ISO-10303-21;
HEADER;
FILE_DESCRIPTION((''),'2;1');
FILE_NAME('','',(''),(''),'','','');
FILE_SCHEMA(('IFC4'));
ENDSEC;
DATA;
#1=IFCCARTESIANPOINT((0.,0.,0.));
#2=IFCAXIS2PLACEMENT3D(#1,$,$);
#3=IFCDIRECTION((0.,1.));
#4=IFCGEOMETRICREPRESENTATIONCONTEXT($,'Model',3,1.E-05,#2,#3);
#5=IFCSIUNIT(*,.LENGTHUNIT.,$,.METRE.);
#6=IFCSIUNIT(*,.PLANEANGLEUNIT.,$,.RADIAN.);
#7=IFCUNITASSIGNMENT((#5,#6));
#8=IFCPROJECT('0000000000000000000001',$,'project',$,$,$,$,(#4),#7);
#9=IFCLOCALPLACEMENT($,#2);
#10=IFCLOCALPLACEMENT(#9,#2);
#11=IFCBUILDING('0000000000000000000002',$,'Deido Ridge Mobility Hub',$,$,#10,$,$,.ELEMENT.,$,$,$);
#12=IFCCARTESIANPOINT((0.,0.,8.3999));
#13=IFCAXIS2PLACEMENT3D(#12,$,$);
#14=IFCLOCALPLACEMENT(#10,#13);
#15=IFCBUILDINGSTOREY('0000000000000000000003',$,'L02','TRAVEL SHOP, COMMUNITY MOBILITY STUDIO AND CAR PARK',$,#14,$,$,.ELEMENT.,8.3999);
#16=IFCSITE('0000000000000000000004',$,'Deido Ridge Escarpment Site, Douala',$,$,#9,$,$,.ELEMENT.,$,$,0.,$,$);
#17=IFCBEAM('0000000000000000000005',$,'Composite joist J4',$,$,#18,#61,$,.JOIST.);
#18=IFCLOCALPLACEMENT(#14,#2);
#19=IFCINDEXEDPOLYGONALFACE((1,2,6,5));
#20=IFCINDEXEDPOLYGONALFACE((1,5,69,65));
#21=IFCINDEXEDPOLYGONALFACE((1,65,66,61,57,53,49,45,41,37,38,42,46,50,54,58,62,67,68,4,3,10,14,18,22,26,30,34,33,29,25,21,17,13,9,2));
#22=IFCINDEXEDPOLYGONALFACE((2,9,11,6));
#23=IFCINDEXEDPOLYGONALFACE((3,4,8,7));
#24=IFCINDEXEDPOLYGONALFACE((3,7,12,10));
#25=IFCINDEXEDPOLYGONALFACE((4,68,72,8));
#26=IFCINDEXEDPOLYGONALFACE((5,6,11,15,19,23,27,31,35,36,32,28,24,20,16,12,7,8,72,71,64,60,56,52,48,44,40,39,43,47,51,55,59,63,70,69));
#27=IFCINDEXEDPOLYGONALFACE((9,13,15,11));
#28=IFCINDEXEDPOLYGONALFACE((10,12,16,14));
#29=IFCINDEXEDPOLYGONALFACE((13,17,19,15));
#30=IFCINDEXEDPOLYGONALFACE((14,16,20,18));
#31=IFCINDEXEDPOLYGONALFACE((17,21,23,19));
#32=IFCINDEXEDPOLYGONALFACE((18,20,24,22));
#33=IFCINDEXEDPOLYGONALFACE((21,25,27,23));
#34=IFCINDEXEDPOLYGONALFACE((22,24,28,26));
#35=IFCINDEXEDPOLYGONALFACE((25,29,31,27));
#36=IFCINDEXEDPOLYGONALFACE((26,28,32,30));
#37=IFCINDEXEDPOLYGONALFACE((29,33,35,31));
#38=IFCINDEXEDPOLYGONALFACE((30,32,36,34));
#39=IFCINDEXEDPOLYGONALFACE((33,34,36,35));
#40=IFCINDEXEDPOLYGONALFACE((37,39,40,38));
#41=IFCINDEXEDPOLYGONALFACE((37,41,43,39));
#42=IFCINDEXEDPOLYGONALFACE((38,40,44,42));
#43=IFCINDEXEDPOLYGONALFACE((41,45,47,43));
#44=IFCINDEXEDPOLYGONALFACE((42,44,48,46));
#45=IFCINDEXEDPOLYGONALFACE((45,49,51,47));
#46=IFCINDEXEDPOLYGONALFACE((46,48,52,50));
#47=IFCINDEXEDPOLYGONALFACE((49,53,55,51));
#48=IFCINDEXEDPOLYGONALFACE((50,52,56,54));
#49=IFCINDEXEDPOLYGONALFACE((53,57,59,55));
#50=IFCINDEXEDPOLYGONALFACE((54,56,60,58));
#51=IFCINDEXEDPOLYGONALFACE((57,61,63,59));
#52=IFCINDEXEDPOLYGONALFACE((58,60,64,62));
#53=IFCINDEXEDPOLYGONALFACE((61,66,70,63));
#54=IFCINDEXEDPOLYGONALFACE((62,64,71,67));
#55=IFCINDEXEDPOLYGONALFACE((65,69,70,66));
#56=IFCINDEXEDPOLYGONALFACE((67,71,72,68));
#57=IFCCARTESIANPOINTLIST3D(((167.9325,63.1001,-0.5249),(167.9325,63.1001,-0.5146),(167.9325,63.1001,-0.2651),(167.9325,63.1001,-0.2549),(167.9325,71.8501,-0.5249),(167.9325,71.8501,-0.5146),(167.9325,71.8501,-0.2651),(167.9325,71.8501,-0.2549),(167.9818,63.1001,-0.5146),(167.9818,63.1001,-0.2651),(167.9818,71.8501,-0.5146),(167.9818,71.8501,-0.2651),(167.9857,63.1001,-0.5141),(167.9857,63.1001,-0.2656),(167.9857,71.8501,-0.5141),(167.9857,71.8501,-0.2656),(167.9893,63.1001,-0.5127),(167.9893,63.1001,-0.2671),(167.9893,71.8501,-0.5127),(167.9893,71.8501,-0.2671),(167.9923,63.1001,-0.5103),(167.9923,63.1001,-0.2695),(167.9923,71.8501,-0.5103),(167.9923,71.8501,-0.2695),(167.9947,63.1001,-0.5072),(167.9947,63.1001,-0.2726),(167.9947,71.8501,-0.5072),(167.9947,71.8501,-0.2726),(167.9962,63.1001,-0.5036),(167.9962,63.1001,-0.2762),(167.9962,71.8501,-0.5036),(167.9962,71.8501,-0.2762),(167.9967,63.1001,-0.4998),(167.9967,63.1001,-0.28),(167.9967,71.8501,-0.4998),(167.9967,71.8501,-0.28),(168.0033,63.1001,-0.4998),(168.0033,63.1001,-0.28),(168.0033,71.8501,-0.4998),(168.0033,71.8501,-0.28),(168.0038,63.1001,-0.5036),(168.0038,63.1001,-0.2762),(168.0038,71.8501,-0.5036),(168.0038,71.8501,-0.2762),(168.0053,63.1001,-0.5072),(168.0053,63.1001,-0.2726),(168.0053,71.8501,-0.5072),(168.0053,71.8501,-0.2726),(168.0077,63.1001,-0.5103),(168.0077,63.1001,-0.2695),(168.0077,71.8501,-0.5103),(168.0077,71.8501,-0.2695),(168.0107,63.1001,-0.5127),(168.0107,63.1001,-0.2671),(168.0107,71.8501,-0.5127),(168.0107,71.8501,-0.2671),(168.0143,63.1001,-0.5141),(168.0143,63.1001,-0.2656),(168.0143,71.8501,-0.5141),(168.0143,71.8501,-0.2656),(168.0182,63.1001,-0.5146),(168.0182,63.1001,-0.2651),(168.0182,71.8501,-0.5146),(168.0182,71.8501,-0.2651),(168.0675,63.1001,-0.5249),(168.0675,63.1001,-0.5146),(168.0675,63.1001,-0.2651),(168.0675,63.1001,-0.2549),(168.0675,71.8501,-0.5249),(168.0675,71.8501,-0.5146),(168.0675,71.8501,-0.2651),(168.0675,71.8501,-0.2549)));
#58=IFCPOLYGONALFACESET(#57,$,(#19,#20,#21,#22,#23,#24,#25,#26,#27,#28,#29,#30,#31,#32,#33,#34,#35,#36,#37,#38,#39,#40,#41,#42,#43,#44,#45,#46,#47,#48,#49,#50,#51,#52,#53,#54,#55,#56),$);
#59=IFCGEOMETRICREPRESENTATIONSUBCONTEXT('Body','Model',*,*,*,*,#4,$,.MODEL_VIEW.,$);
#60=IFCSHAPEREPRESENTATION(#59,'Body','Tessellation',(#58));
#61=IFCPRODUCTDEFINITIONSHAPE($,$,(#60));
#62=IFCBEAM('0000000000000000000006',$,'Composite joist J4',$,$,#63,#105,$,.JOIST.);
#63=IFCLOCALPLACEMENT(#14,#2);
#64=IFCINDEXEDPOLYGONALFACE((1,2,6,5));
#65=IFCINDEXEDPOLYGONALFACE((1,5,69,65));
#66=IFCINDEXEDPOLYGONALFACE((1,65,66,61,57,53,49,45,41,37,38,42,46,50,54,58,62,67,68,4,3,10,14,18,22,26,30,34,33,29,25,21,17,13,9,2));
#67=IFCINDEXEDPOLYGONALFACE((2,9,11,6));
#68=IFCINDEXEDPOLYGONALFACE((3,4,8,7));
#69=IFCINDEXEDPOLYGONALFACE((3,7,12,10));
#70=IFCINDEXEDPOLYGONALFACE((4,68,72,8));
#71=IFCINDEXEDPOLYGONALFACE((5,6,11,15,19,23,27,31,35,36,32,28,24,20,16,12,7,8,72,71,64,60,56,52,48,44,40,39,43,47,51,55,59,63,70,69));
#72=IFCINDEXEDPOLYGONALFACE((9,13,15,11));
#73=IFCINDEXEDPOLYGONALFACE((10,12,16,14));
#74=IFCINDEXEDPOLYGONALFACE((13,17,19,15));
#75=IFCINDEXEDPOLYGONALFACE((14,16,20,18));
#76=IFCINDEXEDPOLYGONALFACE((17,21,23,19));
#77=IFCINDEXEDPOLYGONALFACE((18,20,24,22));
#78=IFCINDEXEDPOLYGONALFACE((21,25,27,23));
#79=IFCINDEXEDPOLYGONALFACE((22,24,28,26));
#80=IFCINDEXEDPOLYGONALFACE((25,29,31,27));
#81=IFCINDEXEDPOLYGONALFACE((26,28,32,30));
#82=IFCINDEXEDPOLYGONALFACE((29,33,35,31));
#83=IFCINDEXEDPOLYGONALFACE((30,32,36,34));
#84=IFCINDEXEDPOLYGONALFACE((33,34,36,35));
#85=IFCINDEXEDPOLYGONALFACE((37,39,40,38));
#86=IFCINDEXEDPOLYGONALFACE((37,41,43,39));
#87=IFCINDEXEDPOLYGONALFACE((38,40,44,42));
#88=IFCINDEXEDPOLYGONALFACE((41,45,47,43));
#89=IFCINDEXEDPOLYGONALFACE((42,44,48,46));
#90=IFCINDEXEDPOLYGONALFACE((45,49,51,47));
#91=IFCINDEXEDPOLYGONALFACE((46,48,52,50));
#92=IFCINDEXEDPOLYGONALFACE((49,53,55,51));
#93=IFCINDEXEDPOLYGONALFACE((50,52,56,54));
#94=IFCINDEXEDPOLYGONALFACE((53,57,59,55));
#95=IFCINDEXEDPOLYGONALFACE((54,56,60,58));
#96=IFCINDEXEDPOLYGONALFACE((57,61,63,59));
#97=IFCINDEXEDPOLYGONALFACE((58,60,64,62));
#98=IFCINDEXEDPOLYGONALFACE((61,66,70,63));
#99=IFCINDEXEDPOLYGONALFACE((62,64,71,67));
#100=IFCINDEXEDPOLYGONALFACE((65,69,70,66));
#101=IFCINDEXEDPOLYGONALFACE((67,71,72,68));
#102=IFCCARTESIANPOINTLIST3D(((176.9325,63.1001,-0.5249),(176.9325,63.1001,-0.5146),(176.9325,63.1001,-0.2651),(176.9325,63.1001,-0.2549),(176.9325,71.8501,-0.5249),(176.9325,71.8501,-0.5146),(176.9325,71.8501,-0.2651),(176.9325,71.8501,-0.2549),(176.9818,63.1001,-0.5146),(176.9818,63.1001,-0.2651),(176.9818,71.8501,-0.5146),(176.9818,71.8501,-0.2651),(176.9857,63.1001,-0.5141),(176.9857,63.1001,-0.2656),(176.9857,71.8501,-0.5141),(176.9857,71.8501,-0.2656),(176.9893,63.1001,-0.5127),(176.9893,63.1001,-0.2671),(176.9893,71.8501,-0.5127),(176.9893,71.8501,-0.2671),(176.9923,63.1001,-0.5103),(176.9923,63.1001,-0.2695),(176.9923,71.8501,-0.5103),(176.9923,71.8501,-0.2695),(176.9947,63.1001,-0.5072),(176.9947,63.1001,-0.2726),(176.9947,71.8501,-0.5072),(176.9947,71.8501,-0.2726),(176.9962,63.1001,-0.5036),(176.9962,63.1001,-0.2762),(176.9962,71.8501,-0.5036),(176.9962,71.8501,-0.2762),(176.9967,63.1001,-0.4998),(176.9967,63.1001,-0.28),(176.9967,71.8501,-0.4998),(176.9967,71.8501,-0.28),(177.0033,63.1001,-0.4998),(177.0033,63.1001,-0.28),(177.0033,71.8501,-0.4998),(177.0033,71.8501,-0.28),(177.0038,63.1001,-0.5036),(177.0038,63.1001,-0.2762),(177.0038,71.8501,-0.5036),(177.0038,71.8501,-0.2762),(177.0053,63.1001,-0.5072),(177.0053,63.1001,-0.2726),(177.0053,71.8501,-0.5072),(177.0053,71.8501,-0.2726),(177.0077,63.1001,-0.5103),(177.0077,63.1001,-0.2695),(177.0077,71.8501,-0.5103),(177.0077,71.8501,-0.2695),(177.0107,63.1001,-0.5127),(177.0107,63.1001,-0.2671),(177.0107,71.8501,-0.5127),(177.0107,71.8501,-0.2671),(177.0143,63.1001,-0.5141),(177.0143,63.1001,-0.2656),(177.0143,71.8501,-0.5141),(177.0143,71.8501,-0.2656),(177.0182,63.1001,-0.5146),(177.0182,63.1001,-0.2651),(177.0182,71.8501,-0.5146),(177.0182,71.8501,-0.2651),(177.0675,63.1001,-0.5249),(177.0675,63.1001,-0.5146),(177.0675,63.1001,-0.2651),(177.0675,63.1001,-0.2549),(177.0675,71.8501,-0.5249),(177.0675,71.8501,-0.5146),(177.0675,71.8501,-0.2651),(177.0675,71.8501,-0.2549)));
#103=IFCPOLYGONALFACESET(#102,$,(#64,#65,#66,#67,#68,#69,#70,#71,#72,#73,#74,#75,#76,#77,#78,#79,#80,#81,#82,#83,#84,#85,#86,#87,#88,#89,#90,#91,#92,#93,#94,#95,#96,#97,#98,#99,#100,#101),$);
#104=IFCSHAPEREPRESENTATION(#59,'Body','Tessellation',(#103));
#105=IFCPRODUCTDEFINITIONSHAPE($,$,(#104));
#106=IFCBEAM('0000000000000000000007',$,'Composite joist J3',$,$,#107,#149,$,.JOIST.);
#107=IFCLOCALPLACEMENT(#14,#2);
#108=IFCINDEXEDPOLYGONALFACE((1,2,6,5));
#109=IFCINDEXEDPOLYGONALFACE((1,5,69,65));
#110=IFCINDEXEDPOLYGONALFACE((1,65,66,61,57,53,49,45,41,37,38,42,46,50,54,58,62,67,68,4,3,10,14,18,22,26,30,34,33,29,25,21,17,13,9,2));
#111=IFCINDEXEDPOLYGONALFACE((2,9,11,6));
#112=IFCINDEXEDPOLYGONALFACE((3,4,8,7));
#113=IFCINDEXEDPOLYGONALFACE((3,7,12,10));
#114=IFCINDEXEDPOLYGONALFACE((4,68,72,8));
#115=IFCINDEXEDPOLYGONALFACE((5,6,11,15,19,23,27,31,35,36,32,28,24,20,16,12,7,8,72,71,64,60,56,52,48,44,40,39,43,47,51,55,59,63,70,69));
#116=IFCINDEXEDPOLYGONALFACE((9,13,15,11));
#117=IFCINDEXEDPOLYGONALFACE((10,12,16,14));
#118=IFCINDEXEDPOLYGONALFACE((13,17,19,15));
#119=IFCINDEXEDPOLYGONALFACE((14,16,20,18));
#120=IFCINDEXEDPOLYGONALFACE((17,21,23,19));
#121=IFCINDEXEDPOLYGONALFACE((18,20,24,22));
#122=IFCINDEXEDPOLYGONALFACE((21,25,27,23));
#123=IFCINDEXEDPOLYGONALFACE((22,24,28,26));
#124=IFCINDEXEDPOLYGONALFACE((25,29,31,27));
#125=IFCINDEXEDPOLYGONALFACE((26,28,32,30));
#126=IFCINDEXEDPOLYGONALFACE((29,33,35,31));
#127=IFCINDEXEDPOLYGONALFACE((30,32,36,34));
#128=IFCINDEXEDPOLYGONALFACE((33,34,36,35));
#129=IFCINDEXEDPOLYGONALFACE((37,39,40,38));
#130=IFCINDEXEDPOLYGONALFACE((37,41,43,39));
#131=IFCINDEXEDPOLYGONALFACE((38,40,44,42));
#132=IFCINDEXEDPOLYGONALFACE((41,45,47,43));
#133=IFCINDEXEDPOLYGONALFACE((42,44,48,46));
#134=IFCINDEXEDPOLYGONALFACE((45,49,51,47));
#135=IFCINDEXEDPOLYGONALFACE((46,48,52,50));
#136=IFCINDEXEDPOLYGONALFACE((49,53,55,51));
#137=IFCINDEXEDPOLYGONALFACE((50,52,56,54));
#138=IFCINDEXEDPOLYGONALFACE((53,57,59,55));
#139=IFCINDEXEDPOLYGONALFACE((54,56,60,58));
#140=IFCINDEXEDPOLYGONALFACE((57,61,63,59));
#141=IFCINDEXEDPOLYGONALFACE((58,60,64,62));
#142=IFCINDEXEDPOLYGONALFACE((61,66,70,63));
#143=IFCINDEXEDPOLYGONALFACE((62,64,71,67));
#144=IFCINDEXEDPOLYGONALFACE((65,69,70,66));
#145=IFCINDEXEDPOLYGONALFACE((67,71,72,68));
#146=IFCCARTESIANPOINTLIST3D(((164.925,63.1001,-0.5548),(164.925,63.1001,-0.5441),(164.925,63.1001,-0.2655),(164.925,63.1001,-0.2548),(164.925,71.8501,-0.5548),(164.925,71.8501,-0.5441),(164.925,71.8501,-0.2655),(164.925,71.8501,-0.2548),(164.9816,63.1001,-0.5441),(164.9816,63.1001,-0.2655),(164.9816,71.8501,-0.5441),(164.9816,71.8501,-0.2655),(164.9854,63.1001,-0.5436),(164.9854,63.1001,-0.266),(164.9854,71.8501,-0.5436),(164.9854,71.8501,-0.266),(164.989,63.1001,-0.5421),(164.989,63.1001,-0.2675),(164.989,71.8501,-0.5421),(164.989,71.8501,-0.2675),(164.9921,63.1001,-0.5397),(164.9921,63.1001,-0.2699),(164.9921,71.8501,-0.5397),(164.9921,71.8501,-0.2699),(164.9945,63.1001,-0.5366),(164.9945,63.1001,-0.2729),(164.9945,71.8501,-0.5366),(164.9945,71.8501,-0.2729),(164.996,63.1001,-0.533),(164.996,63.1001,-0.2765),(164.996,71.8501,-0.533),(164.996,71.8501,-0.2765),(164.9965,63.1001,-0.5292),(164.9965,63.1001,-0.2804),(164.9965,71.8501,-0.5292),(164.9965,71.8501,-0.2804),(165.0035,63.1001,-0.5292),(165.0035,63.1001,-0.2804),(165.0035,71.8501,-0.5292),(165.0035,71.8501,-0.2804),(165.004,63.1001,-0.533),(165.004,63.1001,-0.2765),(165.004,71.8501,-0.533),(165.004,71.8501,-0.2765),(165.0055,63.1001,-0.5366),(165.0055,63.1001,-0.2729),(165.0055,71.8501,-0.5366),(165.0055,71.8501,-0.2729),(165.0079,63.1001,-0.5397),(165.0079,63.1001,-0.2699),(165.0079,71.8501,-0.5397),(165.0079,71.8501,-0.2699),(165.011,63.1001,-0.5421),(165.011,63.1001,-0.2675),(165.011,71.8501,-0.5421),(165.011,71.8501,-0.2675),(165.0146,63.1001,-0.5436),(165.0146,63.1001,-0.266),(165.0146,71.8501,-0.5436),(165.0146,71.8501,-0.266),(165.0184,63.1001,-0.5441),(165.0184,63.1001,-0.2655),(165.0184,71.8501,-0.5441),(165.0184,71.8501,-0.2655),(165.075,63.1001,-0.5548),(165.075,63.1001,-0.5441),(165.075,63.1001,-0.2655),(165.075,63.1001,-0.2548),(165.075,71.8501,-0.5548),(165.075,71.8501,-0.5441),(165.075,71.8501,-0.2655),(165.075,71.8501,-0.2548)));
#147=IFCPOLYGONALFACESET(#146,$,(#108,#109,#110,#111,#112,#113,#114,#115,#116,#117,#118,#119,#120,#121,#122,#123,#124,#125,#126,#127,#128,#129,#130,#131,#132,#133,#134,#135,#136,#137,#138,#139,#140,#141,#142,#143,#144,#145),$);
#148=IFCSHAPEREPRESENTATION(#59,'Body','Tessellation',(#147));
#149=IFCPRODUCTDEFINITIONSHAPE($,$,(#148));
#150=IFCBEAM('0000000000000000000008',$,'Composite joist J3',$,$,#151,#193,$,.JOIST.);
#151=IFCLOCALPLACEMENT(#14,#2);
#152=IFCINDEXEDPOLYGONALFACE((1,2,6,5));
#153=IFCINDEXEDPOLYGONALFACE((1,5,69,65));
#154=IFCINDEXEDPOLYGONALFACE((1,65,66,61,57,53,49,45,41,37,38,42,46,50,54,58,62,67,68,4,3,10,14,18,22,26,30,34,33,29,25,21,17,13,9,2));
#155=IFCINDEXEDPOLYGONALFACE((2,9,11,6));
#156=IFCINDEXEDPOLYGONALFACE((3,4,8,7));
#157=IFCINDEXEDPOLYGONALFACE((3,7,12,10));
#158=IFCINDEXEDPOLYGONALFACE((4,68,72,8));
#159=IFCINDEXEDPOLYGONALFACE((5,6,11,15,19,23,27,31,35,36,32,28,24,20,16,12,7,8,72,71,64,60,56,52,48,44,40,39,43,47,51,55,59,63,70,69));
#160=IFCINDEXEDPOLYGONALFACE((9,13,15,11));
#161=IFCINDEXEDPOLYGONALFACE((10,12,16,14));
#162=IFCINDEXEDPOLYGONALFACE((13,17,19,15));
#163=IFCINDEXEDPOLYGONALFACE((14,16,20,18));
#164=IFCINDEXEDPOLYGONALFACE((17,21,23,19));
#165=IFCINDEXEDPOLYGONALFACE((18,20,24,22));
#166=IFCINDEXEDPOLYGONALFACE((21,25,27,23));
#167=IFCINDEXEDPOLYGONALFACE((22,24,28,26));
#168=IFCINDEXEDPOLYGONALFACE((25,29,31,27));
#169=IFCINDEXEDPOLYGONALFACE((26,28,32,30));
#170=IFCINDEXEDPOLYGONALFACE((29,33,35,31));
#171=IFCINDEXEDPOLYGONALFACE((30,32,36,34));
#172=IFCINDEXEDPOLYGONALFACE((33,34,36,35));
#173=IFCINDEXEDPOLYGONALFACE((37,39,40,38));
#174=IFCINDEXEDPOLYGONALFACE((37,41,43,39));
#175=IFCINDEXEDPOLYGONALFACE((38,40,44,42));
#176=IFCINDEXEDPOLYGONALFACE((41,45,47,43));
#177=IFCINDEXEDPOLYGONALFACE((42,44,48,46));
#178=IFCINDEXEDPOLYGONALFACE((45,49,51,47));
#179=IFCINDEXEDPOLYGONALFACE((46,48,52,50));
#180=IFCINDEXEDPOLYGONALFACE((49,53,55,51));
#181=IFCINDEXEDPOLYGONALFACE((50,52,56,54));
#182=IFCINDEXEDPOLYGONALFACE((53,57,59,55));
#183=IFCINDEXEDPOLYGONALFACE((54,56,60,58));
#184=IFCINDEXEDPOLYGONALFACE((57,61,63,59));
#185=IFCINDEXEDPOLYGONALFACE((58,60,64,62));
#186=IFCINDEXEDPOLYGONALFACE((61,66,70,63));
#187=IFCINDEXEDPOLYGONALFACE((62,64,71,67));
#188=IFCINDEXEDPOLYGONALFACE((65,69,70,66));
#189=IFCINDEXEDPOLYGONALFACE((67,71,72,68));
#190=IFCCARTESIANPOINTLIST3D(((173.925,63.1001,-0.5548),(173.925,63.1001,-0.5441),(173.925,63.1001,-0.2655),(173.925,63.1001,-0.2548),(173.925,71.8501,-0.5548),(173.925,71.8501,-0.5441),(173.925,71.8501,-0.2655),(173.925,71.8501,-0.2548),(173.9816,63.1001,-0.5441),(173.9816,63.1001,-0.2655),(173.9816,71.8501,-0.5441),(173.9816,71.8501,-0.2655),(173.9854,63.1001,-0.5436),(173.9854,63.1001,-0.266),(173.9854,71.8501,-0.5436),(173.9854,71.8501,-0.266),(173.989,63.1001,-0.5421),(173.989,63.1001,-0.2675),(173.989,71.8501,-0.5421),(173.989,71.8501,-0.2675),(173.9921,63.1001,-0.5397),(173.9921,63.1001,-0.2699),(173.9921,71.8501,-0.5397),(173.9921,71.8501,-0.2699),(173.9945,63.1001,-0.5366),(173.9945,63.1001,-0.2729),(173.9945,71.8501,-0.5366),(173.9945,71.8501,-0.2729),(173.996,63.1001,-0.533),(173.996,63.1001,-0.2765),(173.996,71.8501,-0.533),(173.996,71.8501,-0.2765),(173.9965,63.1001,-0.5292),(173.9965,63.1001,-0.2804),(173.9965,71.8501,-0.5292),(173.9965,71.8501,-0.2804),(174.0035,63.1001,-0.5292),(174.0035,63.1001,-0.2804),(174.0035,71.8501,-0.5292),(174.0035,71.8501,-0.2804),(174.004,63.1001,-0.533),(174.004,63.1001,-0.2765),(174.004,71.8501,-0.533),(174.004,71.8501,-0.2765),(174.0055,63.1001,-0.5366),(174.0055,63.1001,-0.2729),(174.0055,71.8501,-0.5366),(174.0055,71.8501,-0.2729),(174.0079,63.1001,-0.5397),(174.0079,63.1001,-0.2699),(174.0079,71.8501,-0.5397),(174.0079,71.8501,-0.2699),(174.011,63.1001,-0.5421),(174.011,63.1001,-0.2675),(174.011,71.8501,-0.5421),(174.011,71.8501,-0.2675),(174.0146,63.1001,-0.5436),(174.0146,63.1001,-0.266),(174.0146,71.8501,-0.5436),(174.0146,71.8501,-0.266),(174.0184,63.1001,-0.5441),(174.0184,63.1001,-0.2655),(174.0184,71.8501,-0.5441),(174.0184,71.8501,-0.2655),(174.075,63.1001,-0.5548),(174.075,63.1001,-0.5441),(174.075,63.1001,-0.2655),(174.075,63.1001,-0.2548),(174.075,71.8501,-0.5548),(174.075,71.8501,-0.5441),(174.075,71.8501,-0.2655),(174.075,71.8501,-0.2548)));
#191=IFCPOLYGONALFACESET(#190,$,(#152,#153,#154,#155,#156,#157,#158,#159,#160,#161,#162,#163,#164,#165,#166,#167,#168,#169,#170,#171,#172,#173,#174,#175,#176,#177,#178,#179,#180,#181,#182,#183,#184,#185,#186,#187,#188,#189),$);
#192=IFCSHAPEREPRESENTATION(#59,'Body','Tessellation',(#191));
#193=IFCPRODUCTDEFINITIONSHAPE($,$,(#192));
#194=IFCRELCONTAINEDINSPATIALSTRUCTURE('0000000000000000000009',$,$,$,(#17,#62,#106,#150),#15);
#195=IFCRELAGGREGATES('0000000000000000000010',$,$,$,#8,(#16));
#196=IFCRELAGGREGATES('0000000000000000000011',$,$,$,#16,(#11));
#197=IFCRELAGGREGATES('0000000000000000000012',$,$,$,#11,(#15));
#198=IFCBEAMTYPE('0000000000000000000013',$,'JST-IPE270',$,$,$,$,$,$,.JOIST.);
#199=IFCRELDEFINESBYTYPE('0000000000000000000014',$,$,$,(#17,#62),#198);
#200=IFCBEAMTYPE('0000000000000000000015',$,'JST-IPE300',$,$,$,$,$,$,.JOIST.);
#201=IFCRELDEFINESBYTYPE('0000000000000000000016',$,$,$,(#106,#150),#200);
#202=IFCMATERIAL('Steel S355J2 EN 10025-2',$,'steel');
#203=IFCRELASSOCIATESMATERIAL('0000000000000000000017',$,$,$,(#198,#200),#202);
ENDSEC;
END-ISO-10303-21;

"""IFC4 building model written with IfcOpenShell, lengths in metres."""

from ifc_helpers import new_model, si_unit, direction, frame, origin, origin_2d, place, context, subcontext, project, spatial, i_section, extrude, material, material_profile, profile_set, type_object, element, save


model = new_model("IFC4")

# Units and contexts
model_context = context("Model", 3, precision=1e-05, world=origin(), true_north=direction((0.0, 1.0)))
body_context = subcontext(model_context, "Body", "Model", "MODEL_VIEW")
ifc_project = project(units=[si_unit("LENGTHUNIT", "METRE"), si_unit("PLANEANGLEUNIT", "RADIAN")], contexts=[model_context])

# Site, building, storey
site_placement = place(None, origin())
site = spatial("IfcSite", under=ifc_project, at=site_placement, Name="Deido Ridge Escarpment Site, Douala", CompositionType="ELEMENT", RefElevation=0.0)
building_placement = place(site_placement, origin())
building = spatial("IfcBuilding", under=site, at=building_placement, Name="Deido Ridge Mobility Hub", CompositionType="ELEMENT")
storey_placement = place(building_placement, frame((0.0, 0.0, 8.3999)))
storey = spatial("IfcBuildingStorey", under=building, at=storey_placement, Name="L02", Description="TRAVEL SHOP, COMMUNITY MOBILITY STUDIO AND CAR PARK", CompositionType="ELEMENT", Elevation=8.3999)

# Shared definitions
ifc_material_1 = material(Name="Steel S355J2 EN 10025-2", Category="steel")

# Beams
ifc_material_profile_1 = material_profile(ifc_material_1, i_section(OverallWidth=0.135, OverallDepth=0.27, WebThickness=0.0066, FlangeThickness=0.0103, FilletRadius=0.0149, at=origin_2d()), Name="IPE 270")
ifc_profile_set_1 = profile_set([ifc_material_profile_1], Name="Steel S355J2 EN 10025-2")
beam_type_1 = type_object("IfcBeamType", Name="JST-IPE270", PredefinedType="JOIST", material=ifc_profile_set_1)
for number, where, z_axis, x_axis, name in (
    (1, (168.0, 63.1001, -0.3899), (0.0, 1.0, 0.0), (-1.0, 0.0, 0.0), "Composite joist J4"),
    (2, (177.0, 63.1001, -0.3899), (0.0, 1.0, 0.0), (-1.0, 0.0, 0.0), "Composite joist J4"),
):
    element("IfcBeam", number, at=place(storey_placement, frame(where, z_axis=z_axis, x_axis=x_axis)), inside=storey, type_object=beam_type_1, Name=name, PredefinedType="JOIST", context=body_context, shape_type="SweptSolid", body=[
        extrude(i_section(OverallWidth=0.135, OverallDepth=0.27, WebThickness=0.0066, FlangeThickness=0.0103, FilletRadius=0.0149, at=origin_2d()), origin(), (0.0, 0.0, 1.0), 8.75),
    ])
ifc_material_profile_2 = material_profile(ifc_material_1, i_section(OverallWidth=0.1499, OverallDepth=0.3, WebThickness=0.0071, FlangeThickness=0.0107, FilletRadius=0.0149, at=origin_2d()), Name="IPE 300")
ifc_profile_set_2 = profile_set([ifc_material_profile_2], Name="Steel S355J2 EN 10025-2")
beam_type_2 = type_object("IfcBeamType", Name="JST-IPE300", PredefinedType="JOIST", material=ifc_profile_set_2)
for number, where, z_axis, x_axis, name in (
    (3, (165.0, 63.1001, -0.4048), (0.0, 1.0, 0.0), (-1.0, 0.0, 0.0), "Composite joist J3"),
    (4, (174.0, 63.1001, -0.4048), (0.0, 1.0, 0.0), (-1.0, 0.0, 0.0), "Composite joist J3"),
):
    element("IfcBeam", number, at=place(storey_placement, frame(where, z_axis=z_axis, x_axis=x_axis)), inside=storey, type_object=beam_type_2, Name=name, PredefinedType="JOIST", context=body_context, shape_type="SweptSolid", body=[
        extrude(i_section(OverallWidth=0.1499, OverallDepth=0.3, WebThickness=0.0071, FlangeThickness=0.0107, FilletRadius=0.0149, at=origin_2d()), origin(), (0.0, 0.0, 1.0), 8.75),
    ])

save(model, "model.ifc")
